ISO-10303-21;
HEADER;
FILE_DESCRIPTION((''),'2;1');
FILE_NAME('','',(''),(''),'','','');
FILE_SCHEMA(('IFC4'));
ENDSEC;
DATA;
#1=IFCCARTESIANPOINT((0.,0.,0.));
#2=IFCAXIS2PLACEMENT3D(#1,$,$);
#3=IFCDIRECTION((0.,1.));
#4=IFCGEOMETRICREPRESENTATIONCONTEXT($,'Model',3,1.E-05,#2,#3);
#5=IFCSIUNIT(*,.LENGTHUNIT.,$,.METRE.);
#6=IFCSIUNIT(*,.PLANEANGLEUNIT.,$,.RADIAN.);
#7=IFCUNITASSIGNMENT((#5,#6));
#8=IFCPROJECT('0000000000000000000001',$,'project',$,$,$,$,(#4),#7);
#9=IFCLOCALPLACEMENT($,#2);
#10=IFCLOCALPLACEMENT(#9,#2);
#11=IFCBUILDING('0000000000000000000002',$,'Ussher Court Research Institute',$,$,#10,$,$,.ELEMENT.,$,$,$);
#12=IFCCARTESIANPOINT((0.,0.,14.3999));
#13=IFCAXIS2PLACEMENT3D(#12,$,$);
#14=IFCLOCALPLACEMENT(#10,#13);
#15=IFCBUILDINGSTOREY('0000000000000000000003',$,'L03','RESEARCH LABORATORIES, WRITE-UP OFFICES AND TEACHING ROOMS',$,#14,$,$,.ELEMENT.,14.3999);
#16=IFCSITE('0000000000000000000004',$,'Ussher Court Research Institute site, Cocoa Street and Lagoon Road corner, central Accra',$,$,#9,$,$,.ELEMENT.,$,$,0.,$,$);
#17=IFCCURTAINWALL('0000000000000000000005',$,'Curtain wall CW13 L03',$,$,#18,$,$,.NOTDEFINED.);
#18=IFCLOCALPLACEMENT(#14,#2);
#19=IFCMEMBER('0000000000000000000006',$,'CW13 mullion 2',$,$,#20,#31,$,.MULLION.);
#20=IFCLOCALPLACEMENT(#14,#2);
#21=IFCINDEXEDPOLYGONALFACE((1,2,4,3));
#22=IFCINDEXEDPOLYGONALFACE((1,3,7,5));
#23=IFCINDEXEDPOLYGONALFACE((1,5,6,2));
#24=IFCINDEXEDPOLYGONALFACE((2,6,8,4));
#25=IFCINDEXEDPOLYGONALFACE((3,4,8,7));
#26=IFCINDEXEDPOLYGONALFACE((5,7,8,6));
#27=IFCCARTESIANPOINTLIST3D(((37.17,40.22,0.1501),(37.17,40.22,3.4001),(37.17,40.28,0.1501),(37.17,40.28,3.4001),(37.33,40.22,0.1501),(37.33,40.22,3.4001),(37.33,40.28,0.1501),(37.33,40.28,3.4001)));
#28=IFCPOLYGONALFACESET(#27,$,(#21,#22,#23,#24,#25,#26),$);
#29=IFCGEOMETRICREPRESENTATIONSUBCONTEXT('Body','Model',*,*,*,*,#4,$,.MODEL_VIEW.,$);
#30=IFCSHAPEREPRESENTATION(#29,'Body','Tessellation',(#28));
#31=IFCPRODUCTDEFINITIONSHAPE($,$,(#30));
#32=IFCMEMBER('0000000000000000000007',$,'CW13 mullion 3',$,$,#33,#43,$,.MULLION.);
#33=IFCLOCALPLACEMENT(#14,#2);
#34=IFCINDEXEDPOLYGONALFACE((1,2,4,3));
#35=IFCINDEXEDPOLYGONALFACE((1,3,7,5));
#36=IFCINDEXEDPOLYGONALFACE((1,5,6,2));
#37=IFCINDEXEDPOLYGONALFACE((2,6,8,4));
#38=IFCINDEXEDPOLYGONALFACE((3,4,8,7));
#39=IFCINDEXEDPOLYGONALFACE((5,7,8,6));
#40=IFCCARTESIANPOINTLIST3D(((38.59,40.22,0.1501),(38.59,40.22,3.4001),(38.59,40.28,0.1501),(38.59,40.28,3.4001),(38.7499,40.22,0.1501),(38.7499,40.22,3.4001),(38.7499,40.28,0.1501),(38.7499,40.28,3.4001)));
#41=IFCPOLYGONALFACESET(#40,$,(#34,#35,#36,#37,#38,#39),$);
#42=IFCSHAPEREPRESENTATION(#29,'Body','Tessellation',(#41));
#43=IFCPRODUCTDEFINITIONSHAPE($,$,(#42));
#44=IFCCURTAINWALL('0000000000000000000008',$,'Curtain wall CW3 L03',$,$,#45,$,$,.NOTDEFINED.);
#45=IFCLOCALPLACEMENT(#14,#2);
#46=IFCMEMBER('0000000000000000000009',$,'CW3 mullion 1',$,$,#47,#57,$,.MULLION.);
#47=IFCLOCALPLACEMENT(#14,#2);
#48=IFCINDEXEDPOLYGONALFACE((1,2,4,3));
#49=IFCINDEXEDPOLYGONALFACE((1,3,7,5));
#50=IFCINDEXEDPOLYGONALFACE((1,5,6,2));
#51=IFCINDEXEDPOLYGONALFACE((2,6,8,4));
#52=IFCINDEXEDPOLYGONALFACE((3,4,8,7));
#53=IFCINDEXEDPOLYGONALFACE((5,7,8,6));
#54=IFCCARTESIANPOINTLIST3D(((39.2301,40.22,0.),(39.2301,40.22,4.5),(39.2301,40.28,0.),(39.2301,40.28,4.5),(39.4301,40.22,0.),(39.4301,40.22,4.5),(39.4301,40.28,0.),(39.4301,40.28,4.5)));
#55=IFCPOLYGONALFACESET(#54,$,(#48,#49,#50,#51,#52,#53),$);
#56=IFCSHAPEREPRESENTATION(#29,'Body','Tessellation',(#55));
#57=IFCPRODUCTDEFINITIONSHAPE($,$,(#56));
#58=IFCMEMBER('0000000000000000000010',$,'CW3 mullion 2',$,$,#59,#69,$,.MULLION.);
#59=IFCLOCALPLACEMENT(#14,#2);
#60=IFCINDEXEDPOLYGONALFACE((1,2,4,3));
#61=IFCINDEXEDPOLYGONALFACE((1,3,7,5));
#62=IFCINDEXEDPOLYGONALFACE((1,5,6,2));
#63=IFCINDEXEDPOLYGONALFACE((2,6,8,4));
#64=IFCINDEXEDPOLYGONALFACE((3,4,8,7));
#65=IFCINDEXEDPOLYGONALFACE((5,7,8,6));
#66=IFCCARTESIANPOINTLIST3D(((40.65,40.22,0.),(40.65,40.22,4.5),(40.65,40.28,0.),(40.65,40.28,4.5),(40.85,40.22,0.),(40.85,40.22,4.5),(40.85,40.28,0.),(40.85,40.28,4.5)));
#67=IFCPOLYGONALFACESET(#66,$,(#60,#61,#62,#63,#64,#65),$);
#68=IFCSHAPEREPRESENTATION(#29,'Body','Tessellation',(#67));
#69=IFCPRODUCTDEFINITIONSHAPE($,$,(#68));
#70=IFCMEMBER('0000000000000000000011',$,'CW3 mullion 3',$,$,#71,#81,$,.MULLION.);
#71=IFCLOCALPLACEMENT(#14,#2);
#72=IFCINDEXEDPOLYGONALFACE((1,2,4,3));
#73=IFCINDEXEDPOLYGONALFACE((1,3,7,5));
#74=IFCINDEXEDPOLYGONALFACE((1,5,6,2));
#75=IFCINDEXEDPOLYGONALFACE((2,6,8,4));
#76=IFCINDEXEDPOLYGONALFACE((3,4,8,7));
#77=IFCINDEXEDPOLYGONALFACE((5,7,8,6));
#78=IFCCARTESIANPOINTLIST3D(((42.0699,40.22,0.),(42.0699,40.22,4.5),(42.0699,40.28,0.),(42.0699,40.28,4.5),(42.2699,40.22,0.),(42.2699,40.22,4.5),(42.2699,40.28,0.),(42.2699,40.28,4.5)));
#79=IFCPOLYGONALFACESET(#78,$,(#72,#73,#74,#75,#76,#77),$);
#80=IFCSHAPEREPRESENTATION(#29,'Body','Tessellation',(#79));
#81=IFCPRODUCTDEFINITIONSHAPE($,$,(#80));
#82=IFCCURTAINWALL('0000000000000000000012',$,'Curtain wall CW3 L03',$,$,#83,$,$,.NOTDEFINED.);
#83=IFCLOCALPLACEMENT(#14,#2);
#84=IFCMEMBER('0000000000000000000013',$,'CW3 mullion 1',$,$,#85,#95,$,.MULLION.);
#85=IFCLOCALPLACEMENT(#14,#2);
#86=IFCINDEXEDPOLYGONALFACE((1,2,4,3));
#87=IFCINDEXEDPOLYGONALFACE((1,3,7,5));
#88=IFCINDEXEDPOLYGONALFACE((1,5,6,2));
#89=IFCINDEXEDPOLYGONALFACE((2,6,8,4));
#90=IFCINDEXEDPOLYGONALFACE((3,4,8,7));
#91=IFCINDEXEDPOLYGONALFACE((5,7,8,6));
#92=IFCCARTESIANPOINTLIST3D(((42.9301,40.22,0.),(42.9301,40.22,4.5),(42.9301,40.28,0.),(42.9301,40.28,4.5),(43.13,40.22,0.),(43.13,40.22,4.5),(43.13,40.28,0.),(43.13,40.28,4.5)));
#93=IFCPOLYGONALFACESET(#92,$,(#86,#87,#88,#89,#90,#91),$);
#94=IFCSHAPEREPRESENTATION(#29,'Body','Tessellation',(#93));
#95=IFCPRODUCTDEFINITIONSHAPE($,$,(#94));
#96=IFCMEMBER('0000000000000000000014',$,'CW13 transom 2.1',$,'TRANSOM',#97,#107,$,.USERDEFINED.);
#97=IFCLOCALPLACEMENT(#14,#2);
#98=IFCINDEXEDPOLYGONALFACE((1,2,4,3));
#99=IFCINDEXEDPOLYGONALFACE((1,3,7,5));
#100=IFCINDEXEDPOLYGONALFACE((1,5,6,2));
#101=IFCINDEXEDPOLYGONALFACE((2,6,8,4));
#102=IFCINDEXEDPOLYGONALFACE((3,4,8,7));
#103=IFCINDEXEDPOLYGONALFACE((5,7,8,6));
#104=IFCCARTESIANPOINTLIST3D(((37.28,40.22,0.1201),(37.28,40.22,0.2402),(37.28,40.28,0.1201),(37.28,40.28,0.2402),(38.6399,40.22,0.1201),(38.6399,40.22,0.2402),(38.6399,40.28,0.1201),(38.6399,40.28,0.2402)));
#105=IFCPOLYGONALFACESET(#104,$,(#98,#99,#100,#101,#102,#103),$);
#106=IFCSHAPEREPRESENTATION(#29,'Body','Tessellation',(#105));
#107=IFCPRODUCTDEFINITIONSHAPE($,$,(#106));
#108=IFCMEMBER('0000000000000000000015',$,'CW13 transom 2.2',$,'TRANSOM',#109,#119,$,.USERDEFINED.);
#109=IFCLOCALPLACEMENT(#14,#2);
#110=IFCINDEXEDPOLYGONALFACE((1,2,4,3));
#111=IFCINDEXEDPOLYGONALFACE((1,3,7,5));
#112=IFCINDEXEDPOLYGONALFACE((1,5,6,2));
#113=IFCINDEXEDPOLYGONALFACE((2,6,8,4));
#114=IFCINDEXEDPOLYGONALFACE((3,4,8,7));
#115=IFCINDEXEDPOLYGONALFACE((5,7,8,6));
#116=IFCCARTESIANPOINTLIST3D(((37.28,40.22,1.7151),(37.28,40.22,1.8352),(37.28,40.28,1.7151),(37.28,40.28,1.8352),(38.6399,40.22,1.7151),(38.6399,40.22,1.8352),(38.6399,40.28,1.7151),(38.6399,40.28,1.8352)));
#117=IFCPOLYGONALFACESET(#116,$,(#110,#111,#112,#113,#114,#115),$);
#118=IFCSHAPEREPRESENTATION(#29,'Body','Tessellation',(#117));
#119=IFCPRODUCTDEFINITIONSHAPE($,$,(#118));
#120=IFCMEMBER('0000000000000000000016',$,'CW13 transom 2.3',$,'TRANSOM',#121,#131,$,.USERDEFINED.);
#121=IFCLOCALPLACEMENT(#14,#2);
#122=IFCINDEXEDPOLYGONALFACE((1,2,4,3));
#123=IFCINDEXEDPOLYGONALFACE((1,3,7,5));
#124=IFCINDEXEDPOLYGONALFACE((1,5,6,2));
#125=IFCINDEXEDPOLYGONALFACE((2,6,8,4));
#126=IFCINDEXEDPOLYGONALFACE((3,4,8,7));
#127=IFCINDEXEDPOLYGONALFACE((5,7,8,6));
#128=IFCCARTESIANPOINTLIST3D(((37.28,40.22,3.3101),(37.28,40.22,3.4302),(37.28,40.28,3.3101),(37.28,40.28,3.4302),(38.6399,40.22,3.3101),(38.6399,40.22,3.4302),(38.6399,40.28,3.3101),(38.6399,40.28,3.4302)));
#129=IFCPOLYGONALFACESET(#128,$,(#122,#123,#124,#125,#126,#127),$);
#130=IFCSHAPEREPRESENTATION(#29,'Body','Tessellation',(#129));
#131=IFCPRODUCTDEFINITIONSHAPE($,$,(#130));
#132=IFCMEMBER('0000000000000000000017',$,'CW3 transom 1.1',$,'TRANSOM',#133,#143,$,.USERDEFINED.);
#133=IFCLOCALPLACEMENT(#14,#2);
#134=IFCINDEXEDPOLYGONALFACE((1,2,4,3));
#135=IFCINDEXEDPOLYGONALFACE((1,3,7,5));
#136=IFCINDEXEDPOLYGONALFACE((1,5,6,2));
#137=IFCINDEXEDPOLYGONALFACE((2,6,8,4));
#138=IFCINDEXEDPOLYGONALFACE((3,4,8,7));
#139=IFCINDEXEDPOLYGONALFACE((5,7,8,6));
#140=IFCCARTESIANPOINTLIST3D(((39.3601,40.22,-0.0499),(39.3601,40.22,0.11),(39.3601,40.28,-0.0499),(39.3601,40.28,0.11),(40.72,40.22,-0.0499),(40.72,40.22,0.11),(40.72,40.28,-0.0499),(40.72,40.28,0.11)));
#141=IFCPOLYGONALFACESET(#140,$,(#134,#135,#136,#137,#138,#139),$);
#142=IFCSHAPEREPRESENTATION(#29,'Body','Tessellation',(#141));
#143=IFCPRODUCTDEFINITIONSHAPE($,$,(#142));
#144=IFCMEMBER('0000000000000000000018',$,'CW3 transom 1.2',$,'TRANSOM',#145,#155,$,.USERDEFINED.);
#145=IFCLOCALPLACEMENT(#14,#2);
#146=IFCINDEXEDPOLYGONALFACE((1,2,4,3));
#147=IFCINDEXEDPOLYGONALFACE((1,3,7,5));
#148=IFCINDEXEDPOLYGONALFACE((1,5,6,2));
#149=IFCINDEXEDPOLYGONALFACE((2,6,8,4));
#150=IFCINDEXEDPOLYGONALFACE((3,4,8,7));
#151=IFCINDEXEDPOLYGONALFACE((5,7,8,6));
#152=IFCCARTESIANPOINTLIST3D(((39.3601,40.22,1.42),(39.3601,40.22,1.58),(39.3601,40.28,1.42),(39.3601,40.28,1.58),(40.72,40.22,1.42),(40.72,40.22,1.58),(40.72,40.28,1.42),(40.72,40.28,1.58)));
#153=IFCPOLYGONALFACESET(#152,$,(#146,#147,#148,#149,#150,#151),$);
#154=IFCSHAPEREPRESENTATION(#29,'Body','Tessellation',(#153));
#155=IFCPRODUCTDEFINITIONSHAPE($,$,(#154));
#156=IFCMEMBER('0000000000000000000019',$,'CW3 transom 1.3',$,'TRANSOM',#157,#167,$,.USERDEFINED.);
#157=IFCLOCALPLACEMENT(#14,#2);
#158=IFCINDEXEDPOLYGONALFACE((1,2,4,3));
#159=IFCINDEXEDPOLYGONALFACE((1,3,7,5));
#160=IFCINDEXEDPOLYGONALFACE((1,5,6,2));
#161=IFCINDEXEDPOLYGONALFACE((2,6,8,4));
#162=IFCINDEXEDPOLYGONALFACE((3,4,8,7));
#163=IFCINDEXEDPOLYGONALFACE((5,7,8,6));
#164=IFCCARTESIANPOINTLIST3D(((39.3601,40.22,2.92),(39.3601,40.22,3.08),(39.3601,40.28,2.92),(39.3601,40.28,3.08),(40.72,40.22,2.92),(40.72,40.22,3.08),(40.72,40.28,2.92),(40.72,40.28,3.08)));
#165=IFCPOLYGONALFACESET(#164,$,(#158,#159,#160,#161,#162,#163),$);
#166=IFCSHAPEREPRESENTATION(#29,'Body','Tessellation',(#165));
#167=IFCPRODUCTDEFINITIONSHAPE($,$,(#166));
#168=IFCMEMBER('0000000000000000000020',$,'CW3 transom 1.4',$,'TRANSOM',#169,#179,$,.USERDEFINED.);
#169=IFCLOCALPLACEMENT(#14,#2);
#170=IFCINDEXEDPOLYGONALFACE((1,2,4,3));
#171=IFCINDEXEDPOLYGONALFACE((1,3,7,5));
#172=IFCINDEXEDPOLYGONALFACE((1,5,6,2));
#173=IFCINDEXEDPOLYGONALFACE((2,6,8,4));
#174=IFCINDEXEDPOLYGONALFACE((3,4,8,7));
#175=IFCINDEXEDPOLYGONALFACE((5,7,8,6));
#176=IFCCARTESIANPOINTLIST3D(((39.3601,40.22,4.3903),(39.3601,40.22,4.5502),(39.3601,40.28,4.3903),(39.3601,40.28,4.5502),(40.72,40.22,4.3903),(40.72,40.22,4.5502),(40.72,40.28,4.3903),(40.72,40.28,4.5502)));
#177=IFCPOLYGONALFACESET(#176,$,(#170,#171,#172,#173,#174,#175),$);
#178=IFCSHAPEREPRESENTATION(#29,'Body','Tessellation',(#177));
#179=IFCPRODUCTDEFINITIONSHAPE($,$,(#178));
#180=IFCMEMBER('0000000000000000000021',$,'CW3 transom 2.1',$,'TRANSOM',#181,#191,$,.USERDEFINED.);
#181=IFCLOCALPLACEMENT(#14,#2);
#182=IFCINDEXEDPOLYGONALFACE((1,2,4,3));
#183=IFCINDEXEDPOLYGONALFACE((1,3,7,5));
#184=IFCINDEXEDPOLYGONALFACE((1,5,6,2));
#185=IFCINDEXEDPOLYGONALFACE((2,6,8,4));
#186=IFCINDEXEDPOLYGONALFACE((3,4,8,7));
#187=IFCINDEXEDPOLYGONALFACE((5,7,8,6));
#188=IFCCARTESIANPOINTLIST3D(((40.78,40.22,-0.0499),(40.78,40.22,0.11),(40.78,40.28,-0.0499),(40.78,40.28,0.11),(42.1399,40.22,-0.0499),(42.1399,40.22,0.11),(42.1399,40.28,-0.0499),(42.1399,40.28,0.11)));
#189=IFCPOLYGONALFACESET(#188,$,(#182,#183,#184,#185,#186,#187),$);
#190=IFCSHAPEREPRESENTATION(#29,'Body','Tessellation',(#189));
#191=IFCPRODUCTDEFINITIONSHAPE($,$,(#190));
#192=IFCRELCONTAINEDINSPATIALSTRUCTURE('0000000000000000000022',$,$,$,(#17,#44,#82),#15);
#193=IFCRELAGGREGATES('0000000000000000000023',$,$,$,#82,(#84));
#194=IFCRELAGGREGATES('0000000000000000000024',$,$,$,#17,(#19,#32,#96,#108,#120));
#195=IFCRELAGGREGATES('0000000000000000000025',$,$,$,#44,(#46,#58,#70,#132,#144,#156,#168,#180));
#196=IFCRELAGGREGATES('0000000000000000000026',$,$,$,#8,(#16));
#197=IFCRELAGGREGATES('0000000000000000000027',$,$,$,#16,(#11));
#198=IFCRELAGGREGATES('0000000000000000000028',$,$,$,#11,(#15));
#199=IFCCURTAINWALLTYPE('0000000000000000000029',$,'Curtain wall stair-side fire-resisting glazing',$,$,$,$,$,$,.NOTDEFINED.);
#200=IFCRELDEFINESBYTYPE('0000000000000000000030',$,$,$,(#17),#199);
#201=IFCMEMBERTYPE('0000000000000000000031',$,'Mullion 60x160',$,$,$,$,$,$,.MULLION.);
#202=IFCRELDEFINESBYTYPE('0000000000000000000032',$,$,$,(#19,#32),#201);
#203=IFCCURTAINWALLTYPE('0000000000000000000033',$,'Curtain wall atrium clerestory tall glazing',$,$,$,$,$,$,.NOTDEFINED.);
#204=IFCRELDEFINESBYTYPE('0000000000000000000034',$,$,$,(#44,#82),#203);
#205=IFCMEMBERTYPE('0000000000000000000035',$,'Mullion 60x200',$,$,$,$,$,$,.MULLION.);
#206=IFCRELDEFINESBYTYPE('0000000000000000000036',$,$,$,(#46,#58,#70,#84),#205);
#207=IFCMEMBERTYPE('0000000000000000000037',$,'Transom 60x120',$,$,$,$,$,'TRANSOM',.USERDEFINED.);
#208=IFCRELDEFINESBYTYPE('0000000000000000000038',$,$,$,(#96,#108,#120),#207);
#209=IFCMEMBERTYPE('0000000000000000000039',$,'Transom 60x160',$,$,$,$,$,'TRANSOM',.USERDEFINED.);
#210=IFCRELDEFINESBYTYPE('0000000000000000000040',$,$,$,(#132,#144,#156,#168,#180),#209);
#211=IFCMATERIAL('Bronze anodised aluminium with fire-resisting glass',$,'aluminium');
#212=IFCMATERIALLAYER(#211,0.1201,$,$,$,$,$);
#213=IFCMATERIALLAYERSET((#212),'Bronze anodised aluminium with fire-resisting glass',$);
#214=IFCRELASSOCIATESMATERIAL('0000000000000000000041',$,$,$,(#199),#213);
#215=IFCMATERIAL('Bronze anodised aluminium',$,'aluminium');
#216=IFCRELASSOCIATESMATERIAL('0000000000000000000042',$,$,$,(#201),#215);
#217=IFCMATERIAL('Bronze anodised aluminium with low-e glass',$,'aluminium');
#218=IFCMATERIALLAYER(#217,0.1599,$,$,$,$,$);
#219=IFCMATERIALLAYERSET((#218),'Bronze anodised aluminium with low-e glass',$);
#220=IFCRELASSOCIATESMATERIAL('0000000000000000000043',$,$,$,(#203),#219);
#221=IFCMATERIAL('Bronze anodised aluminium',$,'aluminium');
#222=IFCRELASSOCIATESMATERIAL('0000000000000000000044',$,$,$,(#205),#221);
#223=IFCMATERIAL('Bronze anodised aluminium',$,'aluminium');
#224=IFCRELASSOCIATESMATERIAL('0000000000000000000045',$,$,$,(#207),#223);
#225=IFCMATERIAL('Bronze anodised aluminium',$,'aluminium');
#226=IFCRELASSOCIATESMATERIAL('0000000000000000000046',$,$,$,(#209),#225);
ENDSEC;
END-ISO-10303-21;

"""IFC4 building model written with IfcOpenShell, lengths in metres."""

from ifc_helpers import new_model, si_unit, direction, frame, origin, origin_2d, place, context, subcontext, project, spatial, rectangle, extrude, material, layer, layer_set, material_profile, profile_set, type_object, element, aggregate, save


model = new_model("IFC4")

# Units and contexts
model_context = context("Model", 3, precision=1e-05, world=origin(), true_north=direction((0.0, 1.0)))
body_context = subcontext(model_context, "Body", "Model", "MODEL_VIEW")
ifc_project = project(units=[si_unit("LENGTHUNIT", "METRE"), si_unit("PLANEANGLEUNIT", "RADIAN")], contexts=[model_context])

# Site, building, storey
site_placement = place(None, origin())
site = spatial("IfcSite", under=ifc_project, at=site_placement, Name="Ussher Court Research Institute site, Cocoa Street and Lagoon Road corner, central Accra", CompositionType="ELEMENT", RefElevation=0.0)
building_placement = place(site_placement, origin())
building = spatial("IfcBuilding", under=site, at=building_placement, Name="Ussher Court Research Institute", CompositionType="ELEMENT")
storey_placement = place(building_placement, frame((0.0, 0.0, 14.3999)))
storey = spatial("IfcBuildingStorey", under=building, at=storey_placement, Name="L03", Description="RESEARCH LABORATORIES, WRITE-UP OFFICES AND TEACHING ROOMS", CompositionType="ELEMENT", Elevation=14.3999)

# Curtain walls, members
ifc_material_1 = material(Name="Bronze anodised aluminium with fire-resisting glass", Category="aluminium")
ifc_layer_1 = layer(ifc_material_1, 0.1201)
ifc_layer_set_1 = layer_set([ifc_layer_1], Name="Bronze anodised aluminium with fire-resisting glass")
curtain_wall_type_1 = type_object("IfcCurtainWallType", Name="Curtain wall stair-side fire-resisting glazing", PredefinedType="NOTDEFINED", material=ifc_layer_set_1)
curtain_wall_1_placement = place(storey_placement, origin())
curtain_wall_1 = element("IfcCurtainWall", 1, at=curtain_wall_1_placement, inside=storey, type_object=curtain_wall_type_1, Name="Curtain wall CW13 L03", PredefinedType="NOTDEFINED")
ifc_material_2 = material(Name="Bronze anodised aluminium", Category="aluminium")
ifc_material_profile_1 = material_profile(ifc_material_2, rectangle(XDim=0.0601, YDim=0.1599, at=origin_2d()), Name="Mullion 60x160")
ifc_profile_set_1 = profile_set([ifc_material_profile_1], Name="Bronze anodised aluminium")
member_type_1 = type_object("IfcMemberType", Name="Mullion 60x160", PredefinedType="MULLION", material=ifc_profile_set_1)
member_1_placement = place(storey_placement, frame((37.25, 40.25, 0.1501), z_axis=(0.0, 0.0, 1.0), x_axis=(0.0, 1.0, 0.0)))
member_1 = element("IfcMember", 2, at=member_1_placement, type_object=member_type_1, Name="CW13 mullion 2", PredefinedType="MULLION", context=body_context, shape_type="SweptSolid", body=[
    extrude(rectangle(XDim=0.0601, YDim=0.1599, at=origin_2d()), origin(), (0.0, 0.0, 1.0), 3.25),
])
member_2_placement = place(storey_placement, frame((38.6699, 40.25, 0.1501), z_axis=(0.0, 0.0, 1.0), x_axis=(0.0, 1.0, 0.0)))
member_2 = element("IfcMember", 3, at=member_2_placement, type_object=member_type_1, Name="CW13 mullion 3", PredefinedType="MULLION", context=body_context, shape_type="SweptSolid", body=[
    extrude(rectangle(XDim=0.0601, YDim=0.1599, at=origin_2d()), origin(), (0.0, 0.0, 1.0), 3.25),
])
ifc_material_3 = material(Name="Bronze anodised aluminium with low-e glass", Category="aluminium")
ifc_layer_2 = layer(ifc_material_3, 0.1599)
ifc_layer_set_2 = layer_set([ifc_layer_2], Name="Bronze anodised aluminium with low-e glass")
curtain_wall_type_2 = type_object("IfcCurtainWallType", Name="Curtain wall atrium clerestory tall glazing", PredefinedType="NOTDEFINED", material=ifc_layer_set_2)
curtain_wall_2_placement = place(storey_placement, origin())
curtain_wall_2 = element("IfcCurtainWall", 4, at=curtain_wall_2_placement, inside=storey, type_object=curtain_wall_type_2, Name="Curtain wall CW3 L03", PredefinedType="NOTDEFINED")
ifc_material_4 = material(Name="Bronze anodised aluminium", Category="aluminium")
ifc_material_profile_2 = material_profile(ifc_material_4, rectangle(XDim=0.0601, YDim=0.2, at=origin_2d()), Name="Mullion 60x200")
ifc_profile_set_2 = profile_set([ifc_material_profile_2], Name="Bronze anodised aluminium")
member_type_2 = type_object("IfcMemberType", Name="Mullion 60x200", PredefinedType="MULLION", material=ifc_profile_set_2)
member_3_placement = place(storey_placement, frame((39.3301, 40.25, 0.0), z_axis=(0.0, 0.0, 1.0), x_axis=(0.0, 1.0, 0.0)))
member_3 = element("IfcMember", 5, at=member_3_placement, type_object=member_type_2, Name="CW3 mullion 1", PredefinedType="MULLION", context=body_context, shape_type="SweptSolid", body=[
    extrude(rectangle(XDim=0.0601, YDim=0.2, at=origin_2d()), origin(), (0.0, 0.0, 1.0), 4.5),
])
member_4_placement = place(storey_placement, frame((40.75, 40.25, 0.0), z_axis=(0.0, 0.0, 1.0), x_axis=(0.0, 1.0, 0.0)))
member_4 = element("IfcMember", 6, at=member_4_placement, type_object=member_type_2, Name="CW3 mullion 2", PredefinedType="MULLION", context=body_context, shape_type="SweptSolid", body=[
    extrude(rectangle(XDim=0.0601, YDim=0.2, at=origin_2d()), origin(), (0.0, 0.0, 1.0), 4.5),
])
member_5_placement = place(storey_placement, frame((42.1699, 40.25, 0.0), z_axis=(0.0, 0.0, 1.0), x_axis=(0.0, 1.0, 0.0)))
member_5 = element("IfcMember", 7, at=member_5_placement, type_object=member_type_2, Name="CW3 mullion 3", PredefinedType="MULLION", context=body_context, shape_type="SweptSolid", body=[
    extrude(rectangle(XDim=0.0601, YDim=0.2, at=origin_2d()), origin(), (0.0, 0.0, 1.0), 4.5),
])

# Curtain wall, member
curtain_wall_3_placement = place(storey_placement, origin())
curtain_wall_3 = element("IfcCurtainWall", 8, at=curtain_wall_3_placement, inside=storey, type_object=curtain_wall_type_2, Name="Curtain wall CW3 L03", PredefinedType="NOTDEFINED")
member_6_placement = place(storey_placement, frame((43.03, 40.25, 0.0), z_axis=(0.0, 0.0, 1.0), x_axis=(0.0, 1.0, 0.0)))
member_6 = element("IfcMember", 9, at=member_6_placement, type_object=member_type_2, Name="CW3 mullion 1", PredefinedType="MULLION", context=body_context, shape_type="SweptSolid", body=[
    extrude(rectangle(XDim=0.0601, YDim=0.2, at=origin_2d()), origin(), (0.0, 0.0, 1.0), 4.5),
])
aggregate(curtain_wall_3, [member_6])

# Members
ifc_material_5 = material(Name="Bronze anodised aluminium", Category="aluminium")
ifc_material_profile_3 = material_profile(ifc_material_5, rectangle(XDim=0.0601, YDim=0.1201, at=origin_2d()), Name="Transom 60x120")
ifc_profile_set_3 = profile_set([ifc_material_profile_3], Name="Bronze anodised aluminium")
member_type_3 = type_object("IfcMemberType", Name="Transom 60x120", ElementType="TRANSOM", PredefinedType="USERDEFINED", material=ifc_profile_set_3)
member_7_placement = place(storey_placement, frame((37.28, 40.25, 0.1802), z_axis=(1.0, 0.0, 0.0), x_axis=(0.0, 1.0, 0.0)))
member_7 = element("IfcMember", 10, at=member_7_placement, type_object=member_type_3, Name="CW13 transom 2.1", ObjectType="TRANSOM", PredefinedType="USERDEFINED", context=body_context, shape_type="SweptSolid", body=[
    extrude(rectangle(XDim=0.0601, YDim=0.1201, at=origin_2d()), origin(), (0.0, 0.0, 1.0), 1.3599),
])
member_8_placement = place(storey_placement, frame((37.28, 40.25, 1.7751), z_axis=(1.0, 0.0, 0.0), x_axis=(0.0, 1.0, 0.0)))
member_8 = element("IfcMember", 11, at=member_8_placement, type_object=member_type_3, Name="CW13 transom 2.2", ObjectType="TRANSOM", PredefinedType="USERDEFINED", context=body_context, shape_type="SweptSolid", body=[
    extrude(rectangle(XDim=0.0601, YDim=0.1201, at=origin_2d()), origin(), (0.0, 0.0, 1.0), 1.3599),
])
member_9_placement = place(storey_placement, frame((37.28, 40.25, 3.3701), z_axis=(1.0, 0.0, 0.0), x_axis=(0.0, 1.0, 0.0)))
member_9 = element("IfcMember", 12, at=member_9_placement, type_object=member_type_3, Name="CW13 transom 2.3", ObjectType="TRANSOM", PredefinedType="USERDEFINED", context=body_context, shape_type="SweptSolid", body=[
    extrude(rectangle(XDim=0.0601, YDim=0.1201, at=origin_2d()), origin(), (0.0, 0.0, 1.0), 1.3599),
])
ifc_material_6 = material(Name="Bronze anodised aluminium", Category="aluminium")
ifc_material_profile_4 = material_profile(ifc_material_6, rectangle(XDim=0.0601, YDim=0.1599, at=origin_2d()), Name="Transom 60x160")
ifc_profile_set_4 = profile_set([ifc_material_profile_4], Name="Bronze anodised aluminium")
member_type_4 = type_object("IfcMemberType", Name="Transom 60x160", ElementType="TRANSOM", PredefinedType="USERDEFINED", material=ifc_profile_set_4)
member_10_placement = place(storey_placement, frame((39.3601, 40.25, 0.03), z_axis=(1.0, 0.0, 0.0), x_axis=(0.0, 1.0, 0.0)))
member_10 = element("IfcMember", 13, at=member_10_placement, type_object=member_type_4, Name="CW3 transom 1.1", ObjectType="TRANSOM", PredefinedType="USERDEFINED", context=body_context, shape_type="SweptSolid", body=[
    extrude(rectangle(XDim=0.0601, YDim=0.1599, at=origin_2d()), origin(), (0.0, 0.0, 1.0), 1.3599),
])
member_11_placement = place(storey_placement, frame((39.3601, 40.25, 1.5), z_axis=(1.0, 0.0, 0.0), x_axis=(0.0, 1.0, 0.0)))
member_11 = element("IfcMember", 14, at=member_11_placement, type_object=member_type_4, Name="CW3 transom 1.2", ObjectType="TRANSOM", PredefinedType="USERDEFINED", context=body_context, shape_type="SweptSolid", body=[
    extrude(rectangle(XDim=0.0601, YDim=0.1599, at=origin_2d()), origin(), (0.0, 0.0, 1.0), 1.3599),
])
member_12_placement = place(storey_placement, frame((39.3601, 40.25, 3.0), z_axis=(1.0, 0.0, 0.0), x_axis=(0.0, 1.0, 0.0)))
member_12 = element("IfcMember", 15, at=member_12_placement, type_object=member_type_4, Name="CW3 transom 1.3", ObjectType="TRANSOM", PredefinedType="USERDEFINED", context=body_context, shape_type="SweptSolid", body=[
    extrude(rectangle(XDim=0.0601, YDim=0.1599, at=origin_2d()), origin(), (0.0, 0.0, 1.0), 1.3599),
])
member_13_placement = place(storey_placement, frame((39.3601, 40.25, 4.4702), z_axis=(1.0, 0.0, 0.0), x_axis=(0.0, 1.0, 0.0)))
member_13 = element("IfcMember", 16, at=member_13_placement, type_object=member_type_4, Name="CW3 transom 1.4", ObjectType="TRANSOM", PredefinedType="USERDEFINED", context=body_context, shape_type="SweptSolid", body=[
    extrude(rectangle(XDim=0.0601, YDim=0.1599, at=origin_2d()), origin(), (0.0, 0.0, 1.0), 1.3599),
])
member_14_placement = place(storey_placement, frame((40.78, 40.25, 0.03), z_axis=(1.0, 0.0, 0.0), x_axis=(0.0, 1.0, 0.0)))
member_14 = element("IfcMember", 17, at=member_14_placement, type_object=member_type_4, Name="CW3 transom 2.1", ObjectType="TRANSOM", PredefinedType="USERDEFINED", context=body_context, shape_type="SweptSolid", body=[
    extrude(rectangle(XDim=0.0601, YDim=0.1599, at=origin_2d()), origin(), (0.0, 0.0, 1.0), 1.3599),
])

aggregate(curtain_wall_1, [member_1, member_2, member_7, member_8, member_9])
aggregate(curtain_wall_2, [member_3, member_4, member_5, member_10, member_11, member_12, member_13, member_14])

save(model, "model.ifc")
